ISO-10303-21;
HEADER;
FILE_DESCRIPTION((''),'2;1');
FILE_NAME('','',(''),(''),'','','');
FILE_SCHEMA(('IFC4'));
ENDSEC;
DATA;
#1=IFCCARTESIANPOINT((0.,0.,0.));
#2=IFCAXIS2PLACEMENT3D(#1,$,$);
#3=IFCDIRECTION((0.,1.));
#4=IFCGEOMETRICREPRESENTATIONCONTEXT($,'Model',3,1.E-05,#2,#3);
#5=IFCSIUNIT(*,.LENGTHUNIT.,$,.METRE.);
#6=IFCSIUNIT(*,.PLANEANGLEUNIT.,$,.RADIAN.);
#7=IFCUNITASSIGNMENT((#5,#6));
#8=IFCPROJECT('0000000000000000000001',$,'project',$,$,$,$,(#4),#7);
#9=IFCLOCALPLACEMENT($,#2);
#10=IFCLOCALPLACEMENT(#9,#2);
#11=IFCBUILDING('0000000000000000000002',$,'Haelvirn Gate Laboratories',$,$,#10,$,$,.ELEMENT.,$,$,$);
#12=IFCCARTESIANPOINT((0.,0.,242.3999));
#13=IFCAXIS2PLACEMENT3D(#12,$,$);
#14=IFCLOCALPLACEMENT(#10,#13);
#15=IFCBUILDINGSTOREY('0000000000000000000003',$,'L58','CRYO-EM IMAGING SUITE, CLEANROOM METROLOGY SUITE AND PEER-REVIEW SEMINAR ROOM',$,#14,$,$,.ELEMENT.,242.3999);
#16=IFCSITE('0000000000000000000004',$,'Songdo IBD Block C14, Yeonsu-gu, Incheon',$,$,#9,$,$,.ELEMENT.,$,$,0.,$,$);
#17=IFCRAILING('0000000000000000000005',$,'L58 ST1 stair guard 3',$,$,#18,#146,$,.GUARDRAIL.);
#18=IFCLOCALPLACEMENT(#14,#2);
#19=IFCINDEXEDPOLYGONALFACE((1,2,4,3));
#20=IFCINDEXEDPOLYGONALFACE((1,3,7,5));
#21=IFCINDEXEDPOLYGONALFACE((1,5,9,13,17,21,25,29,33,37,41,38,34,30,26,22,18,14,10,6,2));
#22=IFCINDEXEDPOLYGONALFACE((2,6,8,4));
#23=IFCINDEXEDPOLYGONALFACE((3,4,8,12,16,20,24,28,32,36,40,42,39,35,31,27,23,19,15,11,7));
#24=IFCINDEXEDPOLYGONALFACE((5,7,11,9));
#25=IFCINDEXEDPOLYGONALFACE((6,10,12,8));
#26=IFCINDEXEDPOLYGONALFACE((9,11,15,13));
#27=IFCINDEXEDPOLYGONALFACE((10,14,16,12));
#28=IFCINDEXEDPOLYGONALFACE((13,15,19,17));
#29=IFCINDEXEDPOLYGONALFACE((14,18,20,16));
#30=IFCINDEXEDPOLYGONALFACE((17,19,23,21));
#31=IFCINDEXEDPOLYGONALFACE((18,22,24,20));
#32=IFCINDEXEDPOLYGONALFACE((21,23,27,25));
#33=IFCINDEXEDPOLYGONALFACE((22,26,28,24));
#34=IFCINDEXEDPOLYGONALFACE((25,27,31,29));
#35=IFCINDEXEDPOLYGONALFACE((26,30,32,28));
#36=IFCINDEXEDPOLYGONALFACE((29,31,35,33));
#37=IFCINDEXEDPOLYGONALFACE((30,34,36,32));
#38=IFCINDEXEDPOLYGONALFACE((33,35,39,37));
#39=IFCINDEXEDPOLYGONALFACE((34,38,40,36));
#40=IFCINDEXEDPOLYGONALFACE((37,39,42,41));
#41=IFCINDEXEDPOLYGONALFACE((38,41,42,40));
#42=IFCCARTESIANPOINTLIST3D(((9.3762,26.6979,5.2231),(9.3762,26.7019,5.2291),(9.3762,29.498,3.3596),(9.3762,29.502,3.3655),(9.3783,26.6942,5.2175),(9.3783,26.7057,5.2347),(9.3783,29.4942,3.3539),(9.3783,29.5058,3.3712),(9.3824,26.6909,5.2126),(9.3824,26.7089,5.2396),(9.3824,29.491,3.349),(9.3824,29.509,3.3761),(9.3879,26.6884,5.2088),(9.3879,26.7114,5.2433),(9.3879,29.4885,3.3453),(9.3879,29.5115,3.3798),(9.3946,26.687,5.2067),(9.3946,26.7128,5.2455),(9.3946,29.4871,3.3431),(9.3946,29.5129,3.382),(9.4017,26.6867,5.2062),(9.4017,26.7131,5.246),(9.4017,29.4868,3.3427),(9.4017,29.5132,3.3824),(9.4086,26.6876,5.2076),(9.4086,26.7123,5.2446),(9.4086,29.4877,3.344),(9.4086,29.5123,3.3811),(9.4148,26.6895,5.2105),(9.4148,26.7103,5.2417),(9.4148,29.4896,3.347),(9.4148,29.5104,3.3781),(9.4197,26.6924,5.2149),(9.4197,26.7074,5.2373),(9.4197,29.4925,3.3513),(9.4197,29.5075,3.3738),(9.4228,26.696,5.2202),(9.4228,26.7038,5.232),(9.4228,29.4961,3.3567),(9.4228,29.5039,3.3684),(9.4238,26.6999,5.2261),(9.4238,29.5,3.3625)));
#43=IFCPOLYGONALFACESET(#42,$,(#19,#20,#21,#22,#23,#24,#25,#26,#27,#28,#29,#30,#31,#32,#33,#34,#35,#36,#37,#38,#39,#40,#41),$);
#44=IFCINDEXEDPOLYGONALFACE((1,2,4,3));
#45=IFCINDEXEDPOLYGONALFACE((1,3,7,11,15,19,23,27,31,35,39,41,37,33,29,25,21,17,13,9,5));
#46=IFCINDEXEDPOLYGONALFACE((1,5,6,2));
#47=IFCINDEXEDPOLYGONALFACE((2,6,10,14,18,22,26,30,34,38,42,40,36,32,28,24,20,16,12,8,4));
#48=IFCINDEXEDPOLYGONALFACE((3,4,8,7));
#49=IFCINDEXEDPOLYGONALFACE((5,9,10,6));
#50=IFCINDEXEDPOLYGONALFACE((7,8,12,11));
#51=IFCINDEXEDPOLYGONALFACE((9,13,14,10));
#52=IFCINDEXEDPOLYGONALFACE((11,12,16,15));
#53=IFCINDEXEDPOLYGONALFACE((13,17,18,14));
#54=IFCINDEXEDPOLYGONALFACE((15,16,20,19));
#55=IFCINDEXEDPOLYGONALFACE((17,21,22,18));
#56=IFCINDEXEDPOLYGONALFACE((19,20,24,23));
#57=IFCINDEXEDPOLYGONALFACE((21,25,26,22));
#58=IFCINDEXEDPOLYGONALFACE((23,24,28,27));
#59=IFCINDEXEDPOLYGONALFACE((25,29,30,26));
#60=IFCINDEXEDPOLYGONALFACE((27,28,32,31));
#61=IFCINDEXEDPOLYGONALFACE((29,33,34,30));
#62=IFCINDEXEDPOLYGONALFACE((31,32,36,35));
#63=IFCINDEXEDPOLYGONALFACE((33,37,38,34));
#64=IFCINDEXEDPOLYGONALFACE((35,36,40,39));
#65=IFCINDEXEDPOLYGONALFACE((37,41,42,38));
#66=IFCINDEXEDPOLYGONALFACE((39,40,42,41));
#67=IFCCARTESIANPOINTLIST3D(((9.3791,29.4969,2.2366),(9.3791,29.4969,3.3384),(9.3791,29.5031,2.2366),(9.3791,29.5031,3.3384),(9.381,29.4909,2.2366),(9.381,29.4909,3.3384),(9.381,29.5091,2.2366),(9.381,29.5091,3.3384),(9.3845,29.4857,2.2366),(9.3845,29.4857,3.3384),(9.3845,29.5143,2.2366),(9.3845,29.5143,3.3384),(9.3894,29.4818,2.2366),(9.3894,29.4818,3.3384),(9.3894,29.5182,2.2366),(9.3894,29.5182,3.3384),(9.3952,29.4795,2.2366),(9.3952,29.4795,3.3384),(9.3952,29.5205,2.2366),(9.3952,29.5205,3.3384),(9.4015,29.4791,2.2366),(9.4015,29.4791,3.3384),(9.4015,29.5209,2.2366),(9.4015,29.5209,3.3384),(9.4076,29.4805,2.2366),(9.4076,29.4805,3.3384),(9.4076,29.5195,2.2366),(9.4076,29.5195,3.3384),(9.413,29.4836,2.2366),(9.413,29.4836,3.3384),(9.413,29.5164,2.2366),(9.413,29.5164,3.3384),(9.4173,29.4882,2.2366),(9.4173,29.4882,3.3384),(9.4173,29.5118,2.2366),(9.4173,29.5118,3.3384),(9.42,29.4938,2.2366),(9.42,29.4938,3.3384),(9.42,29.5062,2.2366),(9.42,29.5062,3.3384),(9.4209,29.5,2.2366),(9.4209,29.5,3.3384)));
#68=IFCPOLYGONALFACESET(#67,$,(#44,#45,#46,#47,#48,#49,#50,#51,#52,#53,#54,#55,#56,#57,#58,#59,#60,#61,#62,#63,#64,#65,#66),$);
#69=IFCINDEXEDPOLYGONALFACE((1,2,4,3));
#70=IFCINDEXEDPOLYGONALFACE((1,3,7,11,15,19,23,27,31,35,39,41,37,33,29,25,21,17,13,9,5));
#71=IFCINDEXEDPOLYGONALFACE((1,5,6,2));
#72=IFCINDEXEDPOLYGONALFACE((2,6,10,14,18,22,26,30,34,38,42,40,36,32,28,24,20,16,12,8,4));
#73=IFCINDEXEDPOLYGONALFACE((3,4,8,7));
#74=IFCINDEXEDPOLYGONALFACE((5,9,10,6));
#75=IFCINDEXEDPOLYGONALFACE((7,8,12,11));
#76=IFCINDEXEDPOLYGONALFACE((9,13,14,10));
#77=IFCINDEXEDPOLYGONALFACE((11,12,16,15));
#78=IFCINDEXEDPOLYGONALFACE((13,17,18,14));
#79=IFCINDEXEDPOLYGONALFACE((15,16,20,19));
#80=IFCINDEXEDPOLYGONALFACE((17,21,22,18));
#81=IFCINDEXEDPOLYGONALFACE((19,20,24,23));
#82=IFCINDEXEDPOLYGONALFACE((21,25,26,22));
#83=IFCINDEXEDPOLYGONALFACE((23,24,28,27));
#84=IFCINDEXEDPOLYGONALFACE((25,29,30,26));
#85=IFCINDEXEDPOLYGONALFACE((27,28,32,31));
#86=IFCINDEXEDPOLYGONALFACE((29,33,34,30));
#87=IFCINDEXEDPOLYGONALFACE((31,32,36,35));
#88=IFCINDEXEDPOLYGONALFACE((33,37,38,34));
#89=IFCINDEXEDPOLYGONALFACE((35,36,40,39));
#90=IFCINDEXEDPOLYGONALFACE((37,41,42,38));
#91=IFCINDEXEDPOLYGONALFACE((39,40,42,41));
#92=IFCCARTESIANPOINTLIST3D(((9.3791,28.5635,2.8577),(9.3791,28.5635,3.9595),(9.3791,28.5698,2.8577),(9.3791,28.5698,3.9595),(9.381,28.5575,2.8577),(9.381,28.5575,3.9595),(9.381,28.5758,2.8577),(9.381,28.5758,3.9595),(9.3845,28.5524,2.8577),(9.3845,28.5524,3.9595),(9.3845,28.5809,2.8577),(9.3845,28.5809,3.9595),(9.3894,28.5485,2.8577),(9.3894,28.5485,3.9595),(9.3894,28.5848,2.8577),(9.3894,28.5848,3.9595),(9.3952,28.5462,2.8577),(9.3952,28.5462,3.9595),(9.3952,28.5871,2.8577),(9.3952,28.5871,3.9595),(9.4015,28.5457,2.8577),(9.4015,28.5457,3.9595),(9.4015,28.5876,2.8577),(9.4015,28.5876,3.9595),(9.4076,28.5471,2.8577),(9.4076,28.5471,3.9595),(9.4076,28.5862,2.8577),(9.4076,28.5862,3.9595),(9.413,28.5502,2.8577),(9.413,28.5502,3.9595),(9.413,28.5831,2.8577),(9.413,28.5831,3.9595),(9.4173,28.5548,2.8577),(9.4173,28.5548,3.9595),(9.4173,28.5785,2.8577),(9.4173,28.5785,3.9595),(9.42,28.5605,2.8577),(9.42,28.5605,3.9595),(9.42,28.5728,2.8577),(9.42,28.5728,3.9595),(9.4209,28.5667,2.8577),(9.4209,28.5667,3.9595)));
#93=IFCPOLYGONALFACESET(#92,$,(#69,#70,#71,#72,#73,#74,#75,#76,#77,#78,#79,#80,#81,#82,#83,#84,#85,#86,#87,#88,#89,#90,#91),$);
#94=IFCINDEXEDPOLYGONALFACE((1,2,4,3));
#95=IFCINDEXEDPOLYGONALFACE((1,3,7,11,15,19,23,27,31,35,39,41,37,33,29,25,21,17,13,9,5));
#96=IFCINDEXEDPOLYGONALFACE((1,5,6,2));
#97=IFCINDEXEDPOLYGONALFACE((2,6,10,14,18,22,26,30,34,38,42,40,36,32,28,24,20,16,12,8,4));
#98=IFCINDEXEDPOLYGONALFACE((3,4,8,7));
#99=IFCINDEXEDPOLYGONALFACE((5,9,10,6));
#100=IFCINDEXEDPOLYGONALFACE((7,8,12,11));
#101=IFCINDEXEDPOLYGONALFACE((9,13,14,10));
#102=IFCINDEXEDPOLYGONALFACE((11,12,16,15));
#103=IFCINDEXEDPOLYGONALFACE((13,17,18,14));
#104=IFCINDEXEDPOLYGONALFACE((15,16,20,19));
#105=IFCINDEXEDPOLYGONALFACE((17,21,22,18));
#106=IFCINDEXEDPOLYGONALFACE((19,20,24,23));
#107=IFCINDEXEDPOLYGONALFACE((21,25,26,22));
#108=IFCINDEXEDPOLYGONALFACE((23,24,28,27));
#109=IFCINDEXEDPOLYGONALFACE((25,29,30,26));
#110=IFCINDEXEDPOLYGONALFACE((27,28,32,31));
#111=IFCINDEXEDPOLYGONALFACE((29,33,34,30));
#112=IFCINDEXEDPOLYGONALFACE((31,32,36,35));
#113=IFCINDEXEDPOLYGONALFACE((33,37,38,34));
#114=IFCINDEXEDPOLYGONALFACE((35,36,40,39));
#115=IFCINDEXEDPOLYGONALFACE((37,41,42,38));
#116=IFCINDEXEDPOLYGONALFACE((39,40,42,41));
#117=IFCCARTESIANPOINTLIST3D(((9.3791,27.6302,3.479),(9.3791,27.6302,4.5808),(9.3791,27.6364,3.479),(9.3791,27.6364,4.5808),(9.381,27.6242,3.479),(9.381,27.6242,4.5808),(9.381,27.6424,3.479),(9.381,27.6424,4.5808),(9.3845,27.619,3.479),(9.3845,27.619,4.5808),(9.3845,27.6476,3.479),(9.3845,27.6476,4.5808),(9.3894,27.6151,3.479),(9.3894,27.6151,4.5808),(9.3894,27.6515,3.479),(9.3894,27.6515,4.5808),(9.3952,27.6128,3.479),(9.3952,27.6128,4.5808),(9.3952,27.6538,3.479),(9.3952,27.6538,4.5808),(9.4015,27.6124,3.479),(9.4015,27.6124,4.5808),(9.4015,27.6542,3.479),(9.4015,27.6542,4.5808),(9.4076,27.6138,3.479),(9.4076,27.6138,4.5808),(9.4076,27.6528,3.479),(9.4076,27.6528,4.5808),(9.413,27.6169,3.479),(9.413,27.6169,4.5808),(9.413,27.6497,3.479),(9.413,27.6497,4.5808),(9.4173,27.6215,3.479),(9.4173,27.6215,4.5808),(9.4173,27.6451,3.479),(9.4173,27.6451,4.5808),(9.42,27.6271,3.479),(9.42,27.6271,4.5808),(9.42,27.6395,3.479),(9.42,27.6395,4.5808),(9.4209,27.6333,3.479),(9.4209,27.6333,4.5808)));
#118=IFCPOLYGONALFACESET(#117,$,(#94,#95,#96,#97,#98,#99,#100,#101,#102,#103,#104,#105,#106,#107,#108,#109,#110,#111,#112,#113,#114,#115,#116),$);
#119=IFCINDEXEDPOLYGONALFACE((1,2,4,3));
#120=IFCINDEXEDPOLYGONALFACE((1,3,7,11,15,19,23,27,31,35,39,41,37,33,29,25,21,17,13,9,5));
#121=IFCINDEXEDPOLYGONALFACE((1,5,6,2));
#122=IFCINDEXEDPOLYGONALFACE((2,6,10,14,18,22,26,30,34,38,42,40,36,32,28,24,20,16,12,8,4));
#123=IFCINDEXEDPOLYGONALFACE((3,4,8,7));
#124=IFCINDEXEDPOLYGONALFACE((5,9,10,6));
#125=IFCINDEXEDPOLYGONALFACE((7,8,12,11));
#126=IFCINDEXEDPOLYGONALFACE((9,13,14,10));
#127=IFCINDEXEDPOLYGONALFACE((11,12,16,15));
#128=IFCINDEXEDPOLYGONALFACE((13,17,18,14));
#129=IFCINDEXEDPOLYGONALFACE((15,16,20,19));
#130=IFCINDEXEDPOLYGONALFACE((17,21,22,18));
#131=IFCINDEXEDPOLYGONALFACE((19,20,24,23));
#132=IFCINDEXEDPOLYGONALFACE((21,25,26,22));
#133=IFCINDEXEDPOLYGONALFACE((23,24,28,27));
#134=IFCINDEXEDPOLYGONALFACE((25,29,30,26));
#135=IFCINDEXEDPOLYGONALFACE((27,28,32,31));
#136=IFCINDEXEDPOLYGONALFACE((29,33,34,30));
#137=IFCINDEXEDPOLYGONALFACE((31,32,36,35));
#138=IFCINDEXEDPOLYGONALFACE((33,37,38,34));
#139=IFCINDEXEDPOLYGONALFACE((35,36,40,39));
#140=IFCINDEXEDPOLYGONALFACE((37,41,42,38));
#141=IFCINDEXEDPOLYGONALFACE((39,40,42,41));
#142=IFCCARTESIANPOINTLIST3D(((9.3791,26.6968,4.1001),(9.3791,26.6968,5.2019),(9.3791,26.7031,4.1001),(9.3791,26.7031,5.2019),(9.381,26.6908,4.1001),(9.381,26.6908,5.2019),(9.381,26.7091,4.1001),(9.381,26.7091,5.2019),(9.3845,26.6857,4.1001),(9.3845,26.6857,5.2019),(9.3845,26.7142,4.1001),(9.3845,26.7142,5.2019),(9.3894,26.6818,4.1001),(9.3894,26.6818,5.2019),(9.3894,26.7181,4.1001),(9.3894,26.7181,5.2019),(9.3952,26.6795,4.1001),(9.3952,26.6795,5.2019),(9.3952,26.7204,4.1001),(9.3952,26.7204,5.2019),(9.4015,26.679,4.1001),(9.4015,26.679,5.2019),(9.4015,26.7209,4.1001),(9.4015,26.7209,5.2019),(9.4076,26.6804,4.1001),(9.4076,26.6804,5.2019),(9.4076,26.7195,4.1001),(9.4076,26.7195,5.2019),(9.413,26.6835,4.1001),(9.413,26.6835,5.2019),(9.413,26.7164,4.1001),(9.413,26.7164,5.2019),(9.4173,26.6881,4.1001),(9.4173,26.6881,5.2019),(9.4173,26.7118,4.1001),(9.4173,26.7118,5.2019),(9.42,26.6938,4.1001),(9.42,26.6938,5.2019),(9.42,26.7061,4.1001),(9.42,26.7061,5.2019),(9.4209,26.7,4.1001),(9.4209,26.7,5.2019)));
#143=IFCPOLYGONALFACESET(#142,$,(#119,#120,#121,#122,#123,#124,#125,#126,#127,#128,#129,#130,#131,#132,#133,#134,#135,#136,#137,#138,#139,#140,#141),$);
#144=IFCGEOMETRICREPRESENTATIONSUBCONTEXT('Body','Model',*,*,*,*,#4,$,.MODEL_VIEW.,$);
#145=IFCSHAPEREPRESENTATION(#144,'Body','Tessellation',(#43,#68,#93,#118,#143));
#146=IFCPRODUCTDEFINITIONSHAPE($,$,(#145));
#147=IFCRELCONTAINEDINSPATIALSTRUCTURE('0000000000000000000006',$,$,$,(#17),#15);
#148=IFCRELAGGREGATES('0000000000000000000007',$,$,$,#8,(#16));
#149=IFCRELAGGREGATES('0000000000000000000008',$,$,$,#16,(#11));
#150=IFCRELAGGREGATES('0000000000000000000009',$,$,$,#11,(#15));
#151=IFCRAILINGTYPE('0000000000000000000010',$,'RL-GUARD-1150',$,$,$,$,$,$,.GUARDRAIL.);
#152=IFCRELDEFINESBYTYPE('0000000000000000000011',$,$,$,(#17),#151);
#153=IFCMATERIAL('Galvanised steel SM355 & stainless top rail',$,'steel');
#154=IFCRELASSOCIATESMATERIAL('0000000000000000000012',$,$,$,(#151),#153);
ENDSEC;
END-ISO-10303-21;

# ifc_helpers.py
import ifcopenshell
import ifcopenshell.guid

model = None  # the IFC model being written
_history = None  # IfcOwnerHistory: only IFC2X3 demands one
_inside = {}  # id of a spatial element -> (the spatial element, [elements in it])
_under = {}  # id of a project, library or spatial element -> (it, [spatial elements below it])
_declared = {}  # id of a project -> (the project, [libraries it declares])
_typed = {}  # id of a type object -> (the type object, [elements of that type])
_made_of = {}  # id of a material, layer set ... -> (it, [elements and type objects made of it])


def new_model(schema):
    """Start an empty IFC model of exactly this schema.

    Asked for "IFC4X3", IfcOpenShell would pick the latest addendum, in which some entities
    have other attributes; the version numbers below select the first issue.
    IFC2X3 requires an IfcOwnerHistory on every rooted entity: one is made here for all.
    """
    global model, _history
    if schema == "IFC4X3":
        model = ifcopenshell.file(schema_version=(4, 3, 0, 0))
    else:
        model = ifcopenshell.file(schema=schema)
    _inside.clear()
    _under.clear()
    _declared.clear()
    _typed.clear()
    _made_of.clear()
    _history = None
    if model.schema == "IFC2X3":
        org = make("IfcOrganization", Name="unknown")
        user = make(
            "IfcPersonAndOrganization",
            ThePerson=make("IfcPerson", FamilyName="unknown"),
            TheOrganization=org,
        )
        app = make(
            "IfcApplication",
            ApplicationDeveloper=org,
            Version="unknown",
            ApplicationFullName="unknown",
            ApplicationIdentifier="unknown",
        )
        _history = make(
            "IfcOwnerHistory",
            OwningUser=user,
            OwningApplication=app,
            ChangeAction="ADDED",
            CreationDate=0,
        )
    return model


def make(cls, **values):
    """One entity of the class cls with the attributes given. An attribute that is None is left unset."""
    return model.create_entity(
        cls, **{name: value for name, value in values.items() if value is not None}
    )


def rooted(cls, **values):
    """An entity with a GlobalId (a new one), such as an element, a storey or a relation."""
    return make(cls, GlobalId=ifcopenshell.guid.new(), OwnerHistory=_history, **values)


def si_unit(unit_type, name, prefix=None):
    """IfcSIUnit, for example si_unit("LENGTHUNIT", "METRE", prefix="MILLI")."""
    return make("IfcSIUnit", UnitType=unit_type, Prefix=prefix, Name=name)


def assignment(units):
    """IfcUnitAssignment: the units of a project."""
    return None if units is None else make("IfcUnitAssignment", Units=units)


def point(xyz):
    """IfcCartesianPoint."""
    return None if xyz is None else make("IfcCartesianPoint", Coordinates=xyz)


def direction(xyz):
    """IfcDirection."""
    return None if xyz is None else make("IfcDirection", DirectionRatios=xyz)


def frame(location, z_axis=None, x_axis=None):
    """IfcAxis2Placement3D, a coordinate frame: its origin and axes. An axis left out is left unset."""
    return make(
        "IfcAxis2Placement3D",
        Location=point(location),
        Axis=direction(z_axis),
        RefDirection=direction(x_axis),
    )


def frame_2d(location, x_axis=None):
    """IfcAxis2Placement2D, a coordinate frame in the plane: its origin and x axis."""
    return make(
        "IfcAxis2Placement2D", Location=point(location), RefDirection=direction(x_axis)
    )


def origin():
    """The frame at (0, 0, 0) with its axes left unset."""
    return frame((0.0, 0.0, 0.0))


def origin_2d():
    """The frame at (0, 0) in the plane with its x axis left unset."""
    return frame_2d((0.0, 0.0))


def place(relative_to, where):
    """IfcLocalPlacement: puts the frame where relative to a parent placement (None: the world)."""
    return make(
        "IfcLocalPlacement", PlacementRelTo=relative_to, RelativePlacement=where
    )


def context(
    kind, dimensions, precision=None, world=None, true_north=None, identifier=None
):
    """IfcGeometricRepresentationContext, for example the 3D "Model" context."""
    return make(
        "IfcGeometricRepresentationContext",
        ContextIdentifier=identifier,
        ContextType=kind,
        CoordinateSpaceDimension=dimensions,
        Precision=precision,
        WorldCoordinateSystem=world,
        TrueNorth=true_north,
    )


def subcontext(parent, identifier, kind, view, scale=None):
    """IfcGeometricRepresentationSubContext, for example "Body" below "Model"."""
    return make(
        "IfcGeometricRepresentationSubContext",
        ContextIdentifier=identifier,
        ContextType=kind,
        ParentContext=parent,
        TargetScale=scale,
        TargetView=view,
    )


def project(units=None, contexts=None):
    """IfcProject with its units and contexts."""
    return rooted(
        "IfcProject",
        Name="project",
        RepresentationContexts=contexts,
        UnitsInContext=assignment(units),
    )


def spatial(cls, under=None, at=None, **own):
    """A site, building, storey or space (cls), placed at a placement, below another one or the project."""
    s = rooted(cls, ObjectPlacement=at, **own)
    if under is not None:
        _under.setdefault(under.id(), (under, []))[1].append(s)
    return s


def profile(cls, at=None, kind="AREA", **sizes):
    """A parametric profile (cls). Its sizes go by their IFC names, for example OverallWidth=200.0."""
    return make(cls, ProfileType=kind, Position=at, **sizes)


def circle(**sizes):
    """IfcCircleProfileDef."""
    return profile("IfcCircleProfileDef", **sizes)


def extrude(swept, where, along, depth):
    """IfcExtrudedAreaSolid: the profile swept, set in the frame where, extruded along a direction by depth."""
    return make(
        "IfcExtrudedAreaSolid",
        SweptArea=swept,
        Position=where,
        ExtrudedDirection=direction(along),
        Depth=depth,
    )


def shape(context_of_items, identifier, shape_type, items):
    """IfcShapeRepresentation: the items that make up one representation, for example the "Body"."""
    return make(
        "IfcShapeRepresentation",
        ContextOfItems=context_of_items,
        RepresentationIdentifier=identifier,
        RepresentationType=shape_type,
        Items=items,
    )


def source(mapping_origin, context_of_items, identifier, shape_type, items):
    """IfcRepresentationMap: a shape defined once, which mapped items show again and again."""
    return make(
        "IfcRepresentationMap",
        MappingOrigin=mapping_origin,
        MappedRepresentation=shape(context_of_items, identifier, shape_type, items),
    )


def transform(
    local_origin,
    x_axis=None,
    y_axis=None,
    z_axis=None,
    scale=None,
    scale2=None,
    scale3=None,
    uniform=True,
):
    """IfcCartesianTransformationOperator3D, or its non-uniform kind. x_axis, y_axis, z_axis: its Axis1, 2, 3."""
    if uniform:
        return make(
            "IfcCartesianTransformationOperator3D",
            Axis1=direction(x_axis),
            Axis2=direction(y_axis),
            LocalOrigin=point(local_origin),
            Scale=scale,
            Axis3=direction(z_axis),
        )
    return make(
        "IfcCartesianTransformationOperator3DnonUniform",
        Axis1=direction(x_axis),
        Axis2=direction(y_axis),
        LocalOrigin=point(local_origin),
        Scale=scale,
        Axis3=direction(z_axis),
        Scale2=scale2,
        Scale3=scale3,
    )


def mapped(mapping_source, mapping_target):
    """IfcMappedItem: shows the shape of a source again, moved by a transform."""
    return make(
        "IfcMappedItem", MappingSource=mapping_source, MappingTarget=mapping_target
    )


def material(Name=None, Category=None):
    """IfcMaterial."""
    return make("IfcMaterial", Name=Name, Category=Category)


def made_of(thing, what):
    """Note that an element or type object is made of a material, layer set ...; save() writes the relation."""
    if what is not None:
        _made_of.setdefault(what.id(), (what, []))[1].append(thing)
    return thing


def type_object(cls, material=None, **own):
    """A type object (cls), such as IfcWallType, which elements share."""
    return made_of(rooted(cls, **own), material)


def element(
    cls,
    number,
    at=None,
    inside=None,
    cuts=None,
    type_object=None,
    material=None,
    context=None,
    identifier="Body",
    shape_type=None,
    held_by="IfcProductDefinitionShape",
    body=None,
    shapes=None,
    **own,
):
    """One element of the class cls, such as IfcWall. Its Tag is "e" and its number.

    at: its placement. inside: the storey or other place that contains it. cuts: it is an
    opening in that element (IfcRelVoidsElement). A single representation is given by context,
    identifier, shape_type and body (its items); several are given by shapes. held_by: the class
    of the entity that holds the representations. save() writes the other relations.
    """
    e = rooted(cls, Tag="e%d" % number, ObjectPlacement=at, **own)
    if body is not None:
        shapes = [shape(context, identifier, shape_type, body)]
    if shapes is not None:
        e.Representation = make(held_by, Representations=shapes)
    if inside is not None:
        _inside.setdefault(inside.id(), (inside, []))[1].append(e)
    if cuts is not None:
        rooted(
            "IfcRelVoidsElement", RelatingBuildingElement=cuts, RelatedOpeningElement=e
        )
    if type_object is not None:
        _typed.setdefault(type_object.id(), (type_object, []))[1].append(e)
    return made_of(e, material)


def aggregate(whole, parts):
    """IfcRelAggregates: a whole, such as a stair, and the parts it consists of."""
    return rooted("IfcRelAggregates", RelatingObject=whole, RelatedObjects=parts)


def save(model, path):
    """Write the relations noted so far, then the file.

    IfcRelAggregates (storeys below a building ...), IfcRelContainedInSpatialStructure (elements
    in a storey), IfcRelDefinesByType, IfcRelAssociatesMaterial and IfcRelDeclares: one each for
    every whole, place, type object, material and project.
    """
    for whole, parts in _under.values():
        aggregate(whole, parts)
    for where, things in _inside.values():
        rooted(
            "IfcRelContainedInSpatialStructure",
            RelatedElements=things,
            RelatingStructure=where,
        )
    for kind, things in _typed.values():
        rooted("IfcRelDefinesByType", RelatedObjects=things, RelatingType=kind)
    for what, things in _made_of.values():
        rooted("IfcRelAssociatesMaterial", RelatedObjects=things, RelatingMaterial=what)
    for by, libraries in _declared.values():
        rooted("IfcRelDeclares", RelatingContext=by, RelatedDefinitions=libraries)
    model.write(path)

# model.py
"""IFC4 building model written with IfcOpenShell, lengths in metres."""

from ifc_helpers import new_model, si_unit, direction, frame, origin, origin_2d, place, context, subcontext, project, spatial, circle, extrude, source, transform, mapped, material, type_object, element, save


model = new_model("IFC4")

# Units and contexts
model_context = context("Model", 3, precision=1e-05, world=origin(), true_north=direction((0.0, 1.0)))
body_context = subcontext(model_context, "Body", "Model", "MODEL_VIEW")
ifc_project = project(units=[si_unit("LENGTHUNIT", "METRE"), si_unit("PLANEANGLEUNIT", "RADIAN")], contexts=[model_context])

# Site, building, storey
site_placement = place(None, origin())
site = spatial("IfcSite", under=ifc_project, at=site_placement, Name="Songdo IBD Block C14, Yeonsu-gu, Incheon", CompositionType="ELEMENT", RefElevation=0.0)
building_placement = place(site_placement, origin())
building = spatial("IfcBuilding", under=site, at=building_placement, Name="Haelvirn Gate Laboratories", CompositionType="ELEMENT")
storey_placement = place(building_placement, frame((0.0, 0.0, 242.3999)))
storey = spatial("IfcBuildingStorey", under=building, at=storey_placement, Name="L58", Description="CRYO-EM IMAGING SUITE, CLEANROOM METROLOGY SUITE AND PEER-REVIEW SEMINAR ROOM", CompositionType="ELEMENT", Elevation=242.3999)

# Railing
ifc_material_1 = material(Name="Galvanised steel SM355 & stainless top rail", Category="steel")
railing_type_1 = type_object("IfcRailingType", Name="RL-GUARD-1150", PredefinedType="GUARDRAIL", material=ifc_material_1)
shared_shape_1 = source(origin(), body_context, "Body", "SweptSolid", [
    extrude(circle(Radius=0.0239, at=origin_2d()), frame((0.0, 0.0, 1.126), z_axis=(0.0, -0.832486, 0.554047), x_axis=(1.0, 0.0, 0.0)), (0.0, 0.0, 1.0), 3.3635),
    extrude(circle(Radius=0.021, at=origin_2d()), origin(), (0.0, 0.0, 1.0), 1.1018),
    extrude(circle(Radius=0.021, at=origin_2d()), frame((0.0, -0.9333, 0.6211)), (0.0, 0.0, 1.0), 1.1018),
    extrude(circle(Radius=0.021, at=origin_2d()), frame((0.0, -1.8667, 1.2424)), (0.0, 0.0, 1.0), 1.1018),
    extrude(circle(Radius=0.021, at=origin_2d()), frame((0.0, -2.8, 1.8635)), (0.0, 0.0, 1.0), 1.1018),
])
railing_1_placement = place(storey_placement, frame((9.3999, 29.5, 2.2366)))
element("IfcRailing", 1, at=railing_1_placement, inside=storey, type_object=railing_type_1, Name="L58 ST1 stair guard 3", PredefinedType="GUARDRAIL", context=body_context, shape_type="MappedRepresentation", body=[
    mapped(shared_shape_1, transform((0.0, 0.0, 0.0), scale=1.0)),
])

save(model, "model.ifc")
